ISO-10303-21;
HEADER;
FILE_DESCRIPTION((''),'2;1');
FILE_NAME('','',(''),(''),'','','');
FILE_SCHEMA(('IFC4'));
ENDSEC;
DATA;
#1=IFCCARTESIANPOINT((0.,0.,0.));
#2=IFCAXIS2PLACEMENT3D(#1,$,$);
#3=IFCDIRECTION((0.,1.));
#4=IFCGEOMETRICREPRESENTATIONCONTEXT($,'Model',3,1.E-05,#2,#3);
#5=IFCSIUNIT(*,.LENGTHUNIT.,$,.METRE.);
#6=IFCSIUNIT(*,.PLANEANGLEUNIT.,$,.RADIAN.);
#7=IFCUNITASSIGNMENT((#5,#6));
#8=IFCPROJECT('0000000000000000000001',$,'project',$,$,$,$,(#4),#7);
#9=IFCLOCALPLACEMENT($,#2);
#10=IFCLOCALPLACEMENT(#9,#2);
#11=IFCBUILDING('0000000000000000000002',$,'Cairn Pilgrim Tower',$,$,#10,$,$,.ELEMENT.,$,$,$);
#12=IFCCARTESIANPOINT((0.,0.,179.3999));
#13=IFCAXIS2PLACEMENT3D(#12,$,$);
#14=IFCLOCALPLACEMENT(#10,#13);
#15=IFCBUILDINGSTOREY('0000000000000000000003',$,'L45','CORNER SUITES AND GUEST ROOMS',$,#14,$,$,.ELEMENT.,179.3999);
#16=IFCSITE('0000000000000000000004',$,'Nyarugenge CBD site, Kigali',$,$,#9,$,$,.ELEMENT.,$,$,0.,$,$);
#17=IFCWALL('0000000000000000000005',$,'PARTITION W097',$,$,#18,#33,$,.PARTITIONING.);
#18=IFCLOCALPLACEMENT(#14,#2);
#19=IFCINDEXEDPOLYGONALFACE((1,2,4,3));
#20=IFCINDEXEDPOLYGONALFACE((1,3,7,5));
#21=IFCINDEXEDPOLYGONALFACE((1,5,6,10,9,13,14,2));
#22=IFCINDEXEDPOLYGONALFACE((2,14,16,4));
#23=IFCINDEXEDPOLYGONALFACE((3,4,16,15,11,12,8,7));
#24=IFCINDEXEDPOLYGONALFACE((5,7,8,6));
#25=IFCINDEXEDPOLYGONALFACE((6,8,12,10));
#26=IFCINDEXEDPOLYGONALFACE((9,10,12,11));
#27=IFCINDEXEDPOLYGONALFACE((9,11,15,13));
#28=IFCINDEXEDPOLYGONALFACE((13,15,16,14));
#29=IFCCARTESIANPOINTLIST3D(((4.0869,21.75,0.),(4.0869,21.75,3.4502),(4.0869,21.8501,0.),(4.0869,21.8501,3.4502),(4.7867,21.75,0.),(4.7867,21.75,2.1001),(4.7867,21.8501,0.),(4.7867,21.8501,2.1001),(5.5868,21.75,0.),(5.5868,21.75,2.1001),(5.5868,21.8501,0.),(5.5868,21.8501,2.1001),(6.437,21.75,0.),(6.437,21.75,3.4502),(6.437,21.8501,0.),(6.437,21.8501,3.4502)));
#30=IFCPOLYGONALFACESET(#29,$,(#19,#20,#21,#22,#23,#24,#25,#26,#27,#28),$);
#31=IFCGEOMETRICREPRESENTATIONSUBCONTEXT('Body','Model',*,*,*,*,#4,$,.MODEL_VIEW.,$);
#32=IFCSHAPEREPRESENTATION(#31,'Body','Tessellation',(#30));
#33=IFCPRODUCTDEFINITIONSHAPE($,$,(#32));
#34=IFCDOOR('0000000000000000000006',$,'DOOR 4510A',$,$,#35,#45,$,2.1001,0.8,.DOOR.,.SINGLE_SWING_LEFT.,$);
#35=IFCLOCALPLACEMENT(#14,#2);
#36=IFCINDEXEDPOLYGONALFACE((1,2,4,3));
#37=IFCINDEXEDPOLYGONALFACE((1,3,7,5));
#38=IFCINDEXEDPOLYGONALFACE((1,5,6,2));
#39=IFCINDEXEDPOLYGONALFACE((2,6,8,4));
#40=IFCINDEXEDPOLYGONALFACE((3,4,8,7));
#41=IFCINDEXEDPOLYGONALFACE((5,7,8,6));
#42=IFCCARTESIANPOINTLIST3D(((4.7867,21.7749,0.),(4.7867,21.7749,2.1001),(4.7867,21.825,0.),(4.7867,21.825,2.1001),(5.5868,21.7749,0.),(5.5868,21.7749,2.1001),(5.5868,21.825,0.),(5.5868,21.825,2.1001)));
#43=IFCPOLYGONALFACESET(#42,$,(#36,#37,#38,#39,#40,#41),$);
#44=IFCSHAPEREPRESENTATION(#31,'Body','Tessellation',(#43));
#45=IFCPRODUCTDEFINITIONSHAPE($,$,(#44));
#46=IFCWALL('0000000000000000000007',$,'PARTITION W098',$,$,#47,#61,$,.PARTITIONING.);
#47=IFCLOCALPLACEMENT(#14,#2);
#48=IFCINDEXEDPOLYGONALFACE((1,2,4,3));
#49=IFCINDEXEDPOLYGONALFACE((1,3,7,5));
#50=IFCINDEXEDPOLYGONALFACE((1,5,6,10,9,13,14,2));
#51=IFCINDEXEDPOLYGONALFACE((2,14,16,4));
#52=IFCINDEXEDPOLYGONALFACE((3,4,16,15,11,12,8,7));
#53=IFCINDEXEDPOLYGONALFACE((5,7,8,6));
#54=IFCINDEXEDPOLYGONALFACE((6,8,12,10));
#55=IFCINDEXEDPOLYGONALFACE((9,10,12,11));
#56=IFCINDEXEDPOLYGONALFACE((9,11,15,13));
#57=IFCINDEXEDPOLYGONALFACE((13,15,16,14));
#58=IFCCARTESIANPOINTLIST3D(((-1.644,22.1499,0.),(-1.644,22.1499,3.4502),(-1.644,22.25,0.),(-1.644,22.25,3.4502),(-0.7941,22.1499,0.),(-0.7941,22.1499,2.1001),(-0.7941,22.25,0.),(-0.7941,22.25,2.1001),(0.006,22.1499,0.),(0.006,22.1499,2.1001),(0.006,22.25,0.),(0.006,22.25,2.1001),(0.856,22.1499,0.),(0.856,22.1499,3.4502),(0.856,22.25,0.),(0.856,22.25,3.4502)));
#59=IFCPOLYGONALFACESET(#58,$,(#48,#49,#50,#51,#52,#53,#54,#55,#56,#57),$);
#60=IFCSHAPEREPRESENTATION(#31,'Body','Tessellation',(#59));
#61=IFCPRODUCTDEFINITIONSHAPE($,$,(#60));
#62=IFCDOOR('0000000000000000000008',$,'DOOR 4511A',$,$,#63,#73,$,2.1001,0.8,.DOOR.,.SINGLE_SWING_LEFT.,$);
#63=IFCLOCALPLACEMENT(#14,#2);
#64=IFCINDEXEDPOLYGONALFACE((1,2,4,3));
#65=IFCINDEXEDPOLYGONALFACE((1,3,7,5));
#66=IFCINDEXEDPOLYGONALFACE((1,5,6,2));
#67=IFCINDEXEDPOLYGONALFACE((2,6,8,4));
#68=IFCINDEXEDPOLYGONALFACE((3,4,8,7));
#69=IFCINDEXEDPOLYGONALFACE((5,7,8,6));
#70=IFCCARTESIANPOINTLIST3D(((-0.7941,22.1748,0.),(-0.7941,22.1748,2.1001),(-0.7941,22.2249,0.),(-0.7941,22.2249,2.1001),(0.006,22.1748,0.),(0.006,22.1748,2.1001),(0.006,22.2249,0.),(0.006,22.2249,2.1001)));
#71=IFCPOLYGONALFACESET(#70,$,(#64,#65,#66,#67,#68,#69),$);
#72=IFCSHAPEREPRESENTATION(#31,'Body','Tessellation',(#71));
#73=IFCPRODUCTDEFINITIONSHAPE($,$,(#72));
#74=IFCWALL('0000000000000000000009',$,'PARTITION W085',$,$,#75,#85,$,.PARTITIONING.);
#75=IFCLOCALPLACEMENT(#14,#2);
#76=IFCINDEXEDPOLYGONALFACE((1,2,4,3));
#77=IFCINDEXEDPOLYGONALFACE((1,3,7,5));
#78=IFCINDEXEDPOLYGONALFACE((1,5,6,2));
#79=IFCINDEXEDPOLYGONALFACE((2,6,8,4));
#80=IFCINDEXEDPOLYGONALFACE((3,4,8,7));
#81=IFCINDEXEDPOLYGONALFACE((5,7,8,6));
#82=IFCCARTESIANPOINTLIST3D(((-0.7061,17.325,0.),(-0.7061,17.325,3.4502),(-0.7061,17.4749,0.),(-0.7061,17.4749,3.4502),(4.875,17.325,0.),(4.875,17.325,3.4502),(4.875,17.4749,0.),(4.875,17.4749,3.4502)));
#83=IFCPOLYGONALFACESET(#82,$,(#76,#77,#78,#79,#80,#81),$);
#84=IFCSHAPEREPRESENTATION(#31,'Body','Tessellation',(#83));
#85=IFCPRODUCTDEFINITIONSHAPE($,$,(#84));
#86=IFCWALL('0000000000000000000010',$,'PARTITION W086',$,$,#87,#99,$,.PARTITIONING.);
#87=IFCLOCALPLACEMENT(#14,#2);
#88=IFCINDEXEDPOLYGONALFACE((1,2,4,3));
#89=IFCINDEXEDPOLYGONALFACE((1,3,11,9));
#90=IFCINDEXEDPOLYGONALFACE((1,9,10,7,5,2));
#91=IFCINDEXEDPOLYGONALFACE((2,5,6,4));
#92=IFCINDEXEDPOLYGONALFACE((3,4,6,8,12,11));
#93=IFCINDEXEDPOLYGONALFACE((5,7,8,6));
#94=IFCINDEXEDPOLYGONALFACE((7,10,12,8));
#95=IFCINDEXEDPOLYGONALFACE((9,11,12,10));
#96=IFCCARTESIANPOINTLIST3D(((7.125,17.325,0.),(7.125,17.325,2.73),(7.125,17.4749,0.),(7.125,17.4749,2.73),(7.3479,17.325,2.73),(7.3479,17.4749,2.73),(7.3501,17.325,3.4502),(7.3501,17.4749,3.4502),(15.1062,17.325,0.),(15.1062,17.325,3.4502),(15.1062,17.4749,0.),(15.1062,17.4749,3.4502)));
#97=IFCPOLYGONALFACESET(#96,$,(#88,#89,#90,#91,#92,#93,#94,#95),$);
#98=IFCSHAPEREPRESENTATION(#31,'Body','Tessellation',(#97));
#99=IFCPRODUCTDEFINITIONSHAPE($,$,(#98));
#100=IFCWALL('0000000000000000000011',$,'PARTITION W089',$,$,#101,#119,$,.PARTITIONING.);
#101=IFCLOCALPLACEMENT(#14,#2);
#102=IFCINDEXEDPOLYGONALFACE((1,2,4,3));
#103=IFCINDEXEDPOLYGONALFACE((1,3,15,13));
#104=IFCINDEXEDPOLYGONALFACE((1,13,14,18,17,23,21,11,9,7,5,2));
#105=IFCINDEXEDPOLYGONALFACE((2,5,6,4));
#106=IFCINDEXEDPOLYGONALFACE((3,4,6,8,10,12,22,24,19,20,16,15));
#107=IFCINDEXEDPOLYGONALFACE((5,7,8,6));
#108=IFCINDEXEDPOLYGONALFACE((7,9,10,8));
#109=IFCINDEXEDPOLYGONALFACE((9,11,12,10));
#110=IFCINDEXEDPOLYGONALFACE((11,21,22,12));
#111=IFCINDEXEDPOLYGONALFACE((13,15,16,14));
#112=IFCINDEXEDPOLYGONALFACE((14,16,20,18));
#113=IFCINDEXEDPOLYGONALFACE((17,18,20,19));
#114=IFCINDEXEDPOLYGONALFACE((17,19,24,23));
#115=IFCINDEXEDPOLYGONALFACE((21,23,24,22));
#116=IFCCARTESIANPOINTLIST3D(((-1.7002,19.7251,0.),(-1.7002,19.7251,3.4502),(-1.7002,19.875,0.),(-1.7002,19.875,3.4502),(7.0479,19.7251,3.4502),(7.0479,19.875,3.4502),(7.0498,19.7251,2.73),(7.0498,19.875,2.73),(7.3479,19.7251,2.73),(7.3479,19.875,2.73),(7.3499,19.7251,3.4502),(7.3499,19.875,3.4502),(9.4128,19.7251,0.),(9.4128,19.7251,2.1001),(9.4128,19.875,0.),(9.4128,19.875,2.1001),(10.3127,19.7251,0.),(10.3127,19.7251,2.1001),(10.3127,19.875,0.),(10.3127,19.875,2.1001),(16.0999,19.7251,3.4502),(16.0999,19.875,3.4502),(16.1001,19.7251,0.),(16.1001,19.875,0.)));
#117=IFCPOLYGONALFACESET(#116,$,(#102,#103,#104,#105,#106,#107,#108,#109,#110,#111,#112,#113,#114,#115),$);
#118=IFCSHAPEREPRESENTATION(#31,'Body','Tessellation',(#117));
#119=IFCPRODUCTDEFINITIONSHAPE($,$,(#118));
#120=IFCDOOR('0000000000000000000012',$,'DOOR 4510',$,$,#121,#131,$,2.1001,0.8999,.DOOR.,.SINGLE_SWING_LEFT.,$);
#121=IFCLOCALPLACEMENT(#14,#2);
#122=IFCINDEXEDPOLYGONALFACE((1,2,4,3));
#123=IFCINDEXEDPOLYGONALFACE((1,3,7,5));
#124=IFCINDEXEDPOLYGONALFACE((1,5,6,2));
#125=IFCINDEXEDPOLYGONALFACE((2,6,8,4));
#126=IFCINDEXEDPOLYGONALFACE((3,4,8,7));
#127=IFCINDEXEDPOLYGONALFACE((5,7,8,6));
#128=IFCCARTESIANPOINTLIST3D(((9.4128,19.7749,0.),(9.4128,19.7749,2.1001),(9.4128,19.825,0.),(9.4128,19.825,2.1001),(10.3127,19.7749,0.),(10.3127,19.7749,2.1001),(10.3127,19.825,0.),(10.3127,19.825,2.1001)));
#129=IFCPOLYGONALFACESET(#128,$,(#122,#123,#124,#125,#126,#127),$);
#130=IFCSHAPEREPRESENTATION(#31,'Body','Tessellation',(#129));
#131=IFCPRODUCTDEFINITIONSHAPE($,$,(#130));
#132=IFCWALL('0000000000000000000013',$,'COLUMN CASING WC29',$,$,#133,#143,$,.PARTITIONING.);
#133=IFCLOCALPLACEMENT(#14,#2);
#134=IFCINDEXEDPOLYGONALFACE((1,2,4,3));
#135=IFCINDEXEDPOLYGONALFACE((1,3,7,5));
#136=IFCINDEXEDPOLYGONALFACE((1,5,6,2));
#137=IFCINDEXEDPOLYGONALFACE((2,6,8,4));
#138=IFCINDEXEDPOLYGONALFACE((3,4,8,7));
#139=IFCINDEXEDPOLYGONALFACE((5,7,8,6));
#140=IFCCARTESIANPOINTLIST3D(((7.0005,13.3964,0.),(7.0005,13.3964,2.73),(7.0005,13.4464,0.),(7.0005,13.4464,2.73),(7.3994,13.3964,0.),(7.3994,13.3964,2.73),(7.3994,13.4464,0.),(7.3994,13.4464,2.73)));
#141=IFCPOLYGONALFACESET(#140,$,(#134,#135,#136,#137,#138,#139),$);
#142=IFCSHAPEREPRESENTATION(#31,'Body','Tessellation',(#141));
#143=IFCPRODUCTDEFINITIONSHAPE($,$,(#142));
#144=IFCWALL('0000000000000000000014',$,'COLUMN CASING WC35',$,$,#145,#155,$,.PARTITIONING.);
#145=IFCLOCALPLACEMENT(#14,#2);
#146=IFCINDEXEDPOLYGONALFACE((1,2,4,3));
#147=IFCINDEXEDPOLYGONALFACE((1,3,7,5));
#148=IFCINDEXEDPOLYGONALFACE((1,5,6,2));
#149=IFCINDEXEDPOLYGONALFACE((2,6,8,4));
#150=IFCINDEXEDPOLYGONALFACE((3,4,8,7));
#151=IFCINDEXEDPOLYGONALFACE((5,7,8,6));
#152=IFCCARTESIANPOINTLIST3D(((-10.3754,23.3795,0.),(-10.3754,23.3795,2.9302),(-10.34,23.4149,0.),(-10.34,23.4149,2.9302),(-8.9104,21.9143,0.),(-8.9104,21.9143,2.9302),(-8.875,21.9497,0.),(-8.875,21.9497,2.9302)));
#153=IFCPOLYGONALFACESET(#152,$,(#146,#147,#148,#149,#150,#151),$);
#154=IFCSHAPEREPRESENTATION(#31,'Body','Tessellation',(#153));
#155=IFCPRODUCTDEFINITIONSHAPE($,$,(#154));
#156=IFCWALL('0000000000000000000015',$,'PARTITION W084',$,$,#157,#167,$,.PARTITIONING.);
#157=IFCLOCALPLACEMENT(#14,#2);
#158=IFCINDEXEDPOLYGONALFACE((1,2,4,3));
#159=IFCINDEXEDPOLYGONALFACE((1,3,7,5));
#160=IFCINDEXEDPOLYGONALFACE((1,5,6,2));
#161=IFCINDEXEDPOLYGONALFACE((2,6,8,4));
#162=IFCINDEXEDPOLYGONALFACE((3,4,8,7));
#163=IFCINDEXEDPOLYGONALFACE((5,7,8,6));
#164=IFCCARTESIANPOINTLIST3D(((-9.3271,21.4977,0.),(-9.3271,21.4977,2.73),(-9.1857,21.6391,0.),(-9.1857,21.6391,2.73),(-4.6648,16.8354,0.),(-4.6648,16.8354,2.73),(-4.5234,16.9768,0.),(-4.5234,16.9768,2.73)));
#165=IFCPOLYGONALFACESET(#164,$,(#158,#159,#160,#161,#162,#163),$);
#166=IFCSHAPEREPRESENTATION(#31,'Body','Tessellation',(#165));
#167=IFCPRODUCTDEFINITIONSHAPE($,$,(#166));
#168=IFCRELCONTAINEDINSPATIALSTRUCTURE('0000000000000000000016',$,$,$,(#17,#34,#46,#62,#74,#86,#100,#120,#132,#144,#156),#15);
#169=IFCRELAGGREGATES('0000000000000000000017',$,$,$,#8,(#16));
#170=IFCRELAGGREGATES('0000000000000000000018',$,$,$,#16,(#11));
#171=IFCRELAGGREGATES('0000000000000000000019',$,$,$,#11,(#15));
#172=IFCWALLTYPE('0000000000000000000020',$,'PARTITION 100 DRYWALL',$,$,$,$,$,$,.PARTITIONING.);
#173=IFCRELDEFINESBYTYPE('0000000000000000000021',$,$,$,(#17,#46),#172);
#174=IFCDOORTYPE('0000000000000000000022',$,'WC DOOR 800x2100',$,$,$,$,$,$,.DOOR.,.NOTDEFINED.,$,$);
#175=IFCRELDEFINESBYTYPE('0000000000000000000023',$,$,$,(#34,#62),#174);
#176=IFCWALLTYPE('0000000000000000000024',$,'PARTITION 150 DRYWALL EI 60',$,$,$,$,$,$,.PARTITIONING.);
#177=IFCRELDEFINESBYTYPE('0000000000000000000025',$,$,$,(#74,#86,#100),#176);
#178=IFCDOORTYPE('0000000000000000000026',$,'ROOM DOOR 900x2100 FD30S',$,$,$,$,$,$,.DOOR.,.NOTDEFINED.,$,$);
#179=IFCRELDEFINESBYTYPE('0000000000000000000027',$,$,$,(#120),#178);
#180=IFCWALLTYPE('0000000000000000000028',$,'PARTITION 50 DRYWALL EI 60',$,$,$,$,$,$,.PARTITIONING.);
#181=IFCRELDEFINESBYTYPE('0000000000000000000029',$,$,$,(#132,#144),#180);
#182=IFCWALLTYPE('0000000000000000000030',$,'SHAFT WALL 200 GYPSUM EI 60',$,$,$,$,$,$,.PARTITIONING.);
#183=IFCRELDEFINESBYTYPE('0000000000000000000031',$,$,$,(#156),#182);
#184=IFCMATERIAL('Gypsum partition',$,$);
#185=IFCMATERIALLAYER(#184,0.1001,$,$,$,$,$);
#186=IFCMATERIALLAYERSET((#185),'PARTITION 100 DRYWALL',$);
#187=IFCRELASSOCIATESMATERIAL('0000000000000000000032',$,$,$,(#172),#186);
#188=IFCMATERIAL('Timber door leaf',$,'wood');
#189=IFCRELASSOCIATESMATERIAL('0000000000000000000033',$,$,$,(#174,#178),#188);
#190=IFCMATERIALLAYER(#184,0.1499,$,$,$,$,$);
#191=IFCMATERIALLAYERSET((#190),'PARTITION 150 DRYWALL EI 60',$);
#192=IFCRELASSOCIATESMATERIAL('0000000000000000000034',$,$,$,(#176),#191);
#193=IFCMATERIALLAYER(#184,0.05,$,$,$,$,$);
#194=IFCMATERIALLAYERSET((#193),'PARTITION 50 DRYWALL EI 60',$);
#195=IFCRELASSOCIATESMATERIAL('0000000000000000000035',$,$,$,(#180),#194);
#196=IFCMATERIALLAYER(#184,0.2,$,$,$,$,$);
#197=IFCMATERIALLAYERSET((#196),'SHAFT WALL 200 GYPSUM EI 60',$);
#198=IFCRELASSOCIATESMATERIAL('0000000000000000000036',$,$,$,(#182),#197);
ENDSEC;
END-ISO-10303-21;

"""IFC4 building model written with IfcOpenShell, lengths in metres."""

from ifc_helpers import new_model, si_unit, direction, frame, frame_2d, origin, place, context, subcontext, project, spatial, polyline, rectangle, outline, extrude, material, layer, layer_set, type_object, element, fill, save


model = new_model("IFC4")

# Units and contexts
model_context = context("Model", 3, precision=1e-05, world=origin(), true_north=direction((0.0, 1.0)))
body_context = subcontext(model_context, "Body", "Model", "MODEL_VIEW")
ifc_project = project(units=[si_unit("LENGTHUNIT", "METRE"), si_unit("PLANEANGLEUNIT", "RADIAN")], contexts=[model_context])

# Site, building, storey
site_placement = place(None, origin())
site = spatial("IfcSite", under=ifc_project, at=site_placement, Name="Nyarugenge CBD site, Kigali", CompositionType="ELEMENT", RefElevation=0.0)
building_placement = place(site_placement, origin())
building = spatial("IfcBuilding", under=site, at=building_placement, Name="Cairn Pilgrim Tower", CompositionType="ELEMENT")
storey_placement = place(building_placement, frame((0.0, 0.0, 179.3999)))
storey = spatial("IfcBuildingStorey", under=building, at=storey_placement, Name="L45", Description="CORNER SUITES AND GUEST ROOMS", CompositionType="ELEMENT", Elevation=179.3999)

# Shared definitions
ifc_material_1 = material(Name="Gypsum partition")
ifc_layer_1 = layer(ifc_material_1, 0.1001)
ifc_layer_set_1 = layer_set([ifc_layer_1], Name="PARTITION 100 DRYWALL")
wall_type_1 = type_object("IfcWallType", Name="PARTITION 100 DRYWALL", PredefinedType="PARTITIONING", material=ifc_layer_set_1)

# Walls, openings, doors
wall_1_placement = place(storey_placement, frame((4.0869, 21.8, 0.0), z_axis=(0.0, 0.0, 1.0), x_axis=(1.0, 0.0, 0.0)))
wall_1 = element("IfcWall", 1, at=wall_1_placement, inside=storey, type_object=wall_type_1, Name="PARTITION W097", PredefinedType="PARTITIONING", context=body_context, shape_type="SweptSolid", body=[
    extrude(rectangle(XDim=2.3501, YDim=0.1001, at=frame_2d((1.175, 0.0))), origin(), (0.0, 0.0, 1.0), 3.4502),
])
opening_1_placement = place(wall_1_placement, frame((0.7, 0.0, 0.0)))
opening_1 = element("IfcOpeningElement", 2, at=opening_1_placement, cuts=wall_1, PredefinedType="OPENING", context=body_context, shape_type="SweptSolid", body=[
    extrude(rectangle(XDim=0.8, YDim=2.1001, at=frame_2d((0.3999, 1.05))), frame((0.0, 0.0601, 0.0), z_axis=(0.0, -1.0, 0.0), x_axis=(1.0, 0.0, 0.0)), (0.0, 0.0, 1.0), 0.1201),
])
ifc_material_2 = material(Name="Timber door leaf", Category="wood")
door_type_1 = type_object("IfcDoorType", Name="WC DOOR 800x2100", OperationType="NOTDEFINED", PredefinedType="DOOR", material=ifc_material_2)
door_1_placement = place(opening_1_placement, origin())
door_1 = element("IfcDoor", 3, at=door_1_placement, inside=storey, type_object=door_type_1, Name="DOOR 4510A", OperationType="SINGLE_SWING_LEFT", OverallHeight=2.1001, OverallWidth=0.8, PredefinedType="DOOR", context=body_context, shape_type="SweptSolid", body=[
    extrude(rectangle(XDim=0.8, YDim=2.1001, at=frame_2d((0.3999, 1.05))), frame((0.0, 0.0249, 0.0), z_axis=(0.0, -1.0, 0.0), x_axis=(1.0, 0.0, 0.0)), (0.0, 0.0, 1.0), 0.05),
])
fill(opening_1, door_1)
wall_2_placement = place(storey_placement, frame((-1.644, 22.2, 0.0), z_axis=(0.0, 0.0, 1.0), x_axis=(1.0, 0.0, 0.0)))
wall_2 = element("IfcWall", 4, at=wall_2_placement, inside=storey, type_object=wall_type_1, Name="PARTITION W098", PredefinedType="PARTITIONING", context=body_context, shape_type="SweptSolid", body=[
    extrude(rectangle(XDim=2.5, YDim=0.1001, at=frame_2d((1.25, 0.0))), origin(), (0.0, 0.0, 1.0), 3.4502),
])
opening_2_placement = place(wall_2_placement, frame((0.8501, 0.0, 0.0)))
opening_2 = element("IfcOpeningElement", 5, at=opening_2_placement, cuts=wall_2, PredefinedType="OPENING", context=body_context, shape_type="SweptSolid", body=[
    extrude(rectangle(XDim=0.8, YDim=2.1001, at=frame_2d((0.3999, 1.05))), frame((0.0, 0.0601, 0.0), z_axis=(0.0, -1.0, 0.0), x_axis=(1.0, 0.0, 0.0)), (0.0, 0.0, 1.0), 0.1201),
])
door_2_placement = place(opening_2_placement, origin())
door_2 = element("IfcDoor", 6, at=door_2_placement, inside=storey, type_object=door_type_1, Name="DOOR 4511A", OperationType="SINGLE_SWING_LEFT", OverallHeight=2.1001, OverallWidth=0.8, PredefinedType="DOOR", context=body_context, shape_type="SweptSolid", body=[
    extrude(rectangle(XDim=0.8, YDim=2.1001, at=frame_2d((0.3999, 1.05))), frame((0.0, 0.0249, 0.0), z_axis=(0.0, -1.0, 0.0), x_axis=(1.0, 0.0, 0.0)), (0.0, 0.0, 1.0), 0.05),
])
fill(opening_2, door_2)

# Walls
ifc_layer_2 = layer(ifc_material_1, 0.1499)
ifc_layer_set_2 = layer_set([ifc_layer_2], Name="PARTITION 150 DRYWALL EI 60")
wall_type_2 = type_object("IfcWallType", Name="PARTITION 150 DRYWALL EI 60", PredefinedType="PARTITIONING", material=ifc_layer_set_2)
wall_3_placement = place(storey_placement, frame((-0.7061, 17.3999, 0.0), z_axis=(0.0, 0.0, 1.0), x_axis=(1.0, 0.0, 0.0)))
element("IfcWall", 7, at=wall_3_placement, inside=storey, type_object=wall_type_2, Name="PARTITION W085", PredefinedType="PARTITIONING", context=body_context, shape_type="SweptSolid", body=[
    extrude(rectangle(XDim=5.5811, YDim=0.1499, at=frame_2d((2.7905, 0.0))), origin(), (0.0, 0.0, 1.0), 3.4502),
])
wall_4_placement = place(storey_placement, frame((7.125, 17.3999, 0.0), z_axis=(0.0, 0.0, 1.0), x_axis=(1.0, 0.0, 0.0)))
element("IfcWall", 8, at=wall_4_placement, inside=storey, type_object=wall_type_2, Name="PARTITION W086", PredefinedType="PARTITIONING", context=body_context, shape_type="SweptSolid", body=[
    extrude(outline(polyline([(0.0, 0.0), (7.9812, 0.0), (7.9812, 3.4502), (0.2251, 3.4502), (0.2229, 2.73), (0.0, 2.73), (0.0, 0.0)])), frame((0.0, 0.075, 0.0), z_axis=(0.0, -1.0, 0.0), x_axis=(1.0, 0.0, 0.0)), (0.0, 0.0, 1.0), 0.1499),
])

# Wall, opening, door
wall_5_placement = place(storey_placement, frame((-1.7002, 19.8, 0.0), z_axis=(0.0, 0.0, 1.0), x_axis=(1.0, 0.0, 0.0)))
wall_5 = element("IfcWall", 9, at=wall_5_placement, inside=storey, type_object=wall_type_2, Name="PARTITION W089", PredefinedType="PARTITIONING", context=body_context, shape_type="SweptSolid", body=[
    extrude(outline(polyline([(0.0, 0.0), (17.8003, 0.0), (17.8, 3.4502), (9.05, 3.4502), (9.0481, 2.73), (8.75, 2.73), (8.748, 3.4502), (0.0, 3.4502), (0.0, 0.0)])), frame((0.0, 0.075, 0.0), z_axis=(0.0, -1.0, 0.0), x_axis=(1.0, 0.0, 0.0)), (0.0, 0.0, 1.0), 0.1499),
])
opening_3_placement = place(wall_5_placement, frame((11.113, 0.0, 0.0)))
opening_3 = element("IfcOpeningElement", 10, at=opening_3_placement, cuts=wall_5, PredefinedType="OPENING", context=body_context, shape_type="SweptSolid", body=[
    extrude(rectangle(XDim=0.8999, YDim=2.1001, at=frame_2d((0.45, 1.05))), frame((0.0, 0.085, 0.0), z_axis=(0.0, -1.0, 0.0), x_axis=(1.0, 0.0, 0.0)), (0.0, 0.0, 1.0), 0.1699),
])
door_type_2 = type_object("IfcDoorType", Name="ROOM DOOR 900x2100 FD30S", OperationType="NOTDEFINED", PredefinedType="DOOR", material=ifc_material_2)
door_3_placement = place(opening_3_placement, origin())
door_3 = element("IfcDoor", 11, at=door_3_placement, inside=storey, type_object=door_type_2, Name="DOOR 4510", OperationType="SINGLE_SWING_LEFT", OverallHeight=2.1001, OverallWidth=0.8999, PredefinedType="DOOR", context=body_context, shape_type="SweptSolid", body=[
    extrude(rectangle(XDim=0.8999, YDim=2.1001, at=frame_2d((0.45, 1.05))), frame((0.0, 0.0249, 0.0), z_axis=(0.0, -1.0, 0.0), x_axis=(1.0, 0.0, 0.0)), (0.0, 0.0, 1.0), 0.05),
])
fill(opening_3, door_3)

# Walls
ifc_layer_3 = layer(ifc_material_1, 0.05)
ifc_layer_set_3 = layer_set([ifc_layer_3], Name="PARTITION 50 DRYWALL EI 60")
wall_type_3 = type_object("IfcWallType", Name="PARTITION 50 DRYWALL EI 60", PredefinedType="PARTITIONING", material=ifc_layer_set_3)
wall_6_placement = place(storey_placement, frame((7.0005, 13.4214, 0.0), z_axis=(0.0, 0.0, 1.0), x_axis=(1.0, 0.0, 0.0)))
element("IfcWall", 12, at=wall_6_placement, inside=storey, type_object=wall_type_3, Name="COLUMN CASING WC29", PredefinedType="PARTITIONING", context=body_context, shape_type="SweptSolid", body=[
    extrude(rectangle(XDim=0.3989, YDim=0.05, at=frame_2d((0.1995, 0.0))), origin(), (0.0, 0.0, 1.0), 2.73),
])
wall_7_placement = place(storey_placement, frame((-8.8926, 21.9319, 0.0), z_axis=(0.0, 0.0, 1.0), x_axis=(-0.707048, 0.707166, 0.0)))
element("IfcWall", 13, at=wall_7_placement, inside=storey, type_object=wall_type_3, Name="COLUMN CASING WC35", PredefinedType="PARTITIONING", context=body_context, shape_type="SweptSolid", body=[
    extrude(rectangle(XDim=2.072, YDim=0.05, at=frame_2d((1.0361, 0.0))), origin(), (0.0, 0.0, 1.0), 2.9302),
])
ifc_layer_4 = layer(ifc_material_1, 0.2)
ifc_layer_set_4 = layer_set([ifc_layer_4], Name="SHAFT WALL 200 GYPSUM EI 60")
wall_type_4 = type_object("IfcWallType", Name="SHAFT WALL 200 GYPSUM EI 60", PredefinedType="PARTITIONING", material=ifc_layer_set_4)
wall_8_placement = place(storey_placement, frame((-4.594, 16.906, 0.0), z_axis=(0.0, 0.0, 1.0), x_axis=(-0.707107, 0.707107, 0.0)))
element("IfcWall", 14, at=wall_8_placement, inside=storey, type_object=wall_type_4, Name="PARTITION W084", PredefinedType="PARTITIONING", context=body_context, shape_type="SweptSolid", body=[
    extrude(rectangle(XDim=6.5935, YDim=0.2, at=frame_2d((3.2969, 0.0))), origin(), (0.0, 0.0, 1.0), 2.73),
])

save(model, "model.ifc")
